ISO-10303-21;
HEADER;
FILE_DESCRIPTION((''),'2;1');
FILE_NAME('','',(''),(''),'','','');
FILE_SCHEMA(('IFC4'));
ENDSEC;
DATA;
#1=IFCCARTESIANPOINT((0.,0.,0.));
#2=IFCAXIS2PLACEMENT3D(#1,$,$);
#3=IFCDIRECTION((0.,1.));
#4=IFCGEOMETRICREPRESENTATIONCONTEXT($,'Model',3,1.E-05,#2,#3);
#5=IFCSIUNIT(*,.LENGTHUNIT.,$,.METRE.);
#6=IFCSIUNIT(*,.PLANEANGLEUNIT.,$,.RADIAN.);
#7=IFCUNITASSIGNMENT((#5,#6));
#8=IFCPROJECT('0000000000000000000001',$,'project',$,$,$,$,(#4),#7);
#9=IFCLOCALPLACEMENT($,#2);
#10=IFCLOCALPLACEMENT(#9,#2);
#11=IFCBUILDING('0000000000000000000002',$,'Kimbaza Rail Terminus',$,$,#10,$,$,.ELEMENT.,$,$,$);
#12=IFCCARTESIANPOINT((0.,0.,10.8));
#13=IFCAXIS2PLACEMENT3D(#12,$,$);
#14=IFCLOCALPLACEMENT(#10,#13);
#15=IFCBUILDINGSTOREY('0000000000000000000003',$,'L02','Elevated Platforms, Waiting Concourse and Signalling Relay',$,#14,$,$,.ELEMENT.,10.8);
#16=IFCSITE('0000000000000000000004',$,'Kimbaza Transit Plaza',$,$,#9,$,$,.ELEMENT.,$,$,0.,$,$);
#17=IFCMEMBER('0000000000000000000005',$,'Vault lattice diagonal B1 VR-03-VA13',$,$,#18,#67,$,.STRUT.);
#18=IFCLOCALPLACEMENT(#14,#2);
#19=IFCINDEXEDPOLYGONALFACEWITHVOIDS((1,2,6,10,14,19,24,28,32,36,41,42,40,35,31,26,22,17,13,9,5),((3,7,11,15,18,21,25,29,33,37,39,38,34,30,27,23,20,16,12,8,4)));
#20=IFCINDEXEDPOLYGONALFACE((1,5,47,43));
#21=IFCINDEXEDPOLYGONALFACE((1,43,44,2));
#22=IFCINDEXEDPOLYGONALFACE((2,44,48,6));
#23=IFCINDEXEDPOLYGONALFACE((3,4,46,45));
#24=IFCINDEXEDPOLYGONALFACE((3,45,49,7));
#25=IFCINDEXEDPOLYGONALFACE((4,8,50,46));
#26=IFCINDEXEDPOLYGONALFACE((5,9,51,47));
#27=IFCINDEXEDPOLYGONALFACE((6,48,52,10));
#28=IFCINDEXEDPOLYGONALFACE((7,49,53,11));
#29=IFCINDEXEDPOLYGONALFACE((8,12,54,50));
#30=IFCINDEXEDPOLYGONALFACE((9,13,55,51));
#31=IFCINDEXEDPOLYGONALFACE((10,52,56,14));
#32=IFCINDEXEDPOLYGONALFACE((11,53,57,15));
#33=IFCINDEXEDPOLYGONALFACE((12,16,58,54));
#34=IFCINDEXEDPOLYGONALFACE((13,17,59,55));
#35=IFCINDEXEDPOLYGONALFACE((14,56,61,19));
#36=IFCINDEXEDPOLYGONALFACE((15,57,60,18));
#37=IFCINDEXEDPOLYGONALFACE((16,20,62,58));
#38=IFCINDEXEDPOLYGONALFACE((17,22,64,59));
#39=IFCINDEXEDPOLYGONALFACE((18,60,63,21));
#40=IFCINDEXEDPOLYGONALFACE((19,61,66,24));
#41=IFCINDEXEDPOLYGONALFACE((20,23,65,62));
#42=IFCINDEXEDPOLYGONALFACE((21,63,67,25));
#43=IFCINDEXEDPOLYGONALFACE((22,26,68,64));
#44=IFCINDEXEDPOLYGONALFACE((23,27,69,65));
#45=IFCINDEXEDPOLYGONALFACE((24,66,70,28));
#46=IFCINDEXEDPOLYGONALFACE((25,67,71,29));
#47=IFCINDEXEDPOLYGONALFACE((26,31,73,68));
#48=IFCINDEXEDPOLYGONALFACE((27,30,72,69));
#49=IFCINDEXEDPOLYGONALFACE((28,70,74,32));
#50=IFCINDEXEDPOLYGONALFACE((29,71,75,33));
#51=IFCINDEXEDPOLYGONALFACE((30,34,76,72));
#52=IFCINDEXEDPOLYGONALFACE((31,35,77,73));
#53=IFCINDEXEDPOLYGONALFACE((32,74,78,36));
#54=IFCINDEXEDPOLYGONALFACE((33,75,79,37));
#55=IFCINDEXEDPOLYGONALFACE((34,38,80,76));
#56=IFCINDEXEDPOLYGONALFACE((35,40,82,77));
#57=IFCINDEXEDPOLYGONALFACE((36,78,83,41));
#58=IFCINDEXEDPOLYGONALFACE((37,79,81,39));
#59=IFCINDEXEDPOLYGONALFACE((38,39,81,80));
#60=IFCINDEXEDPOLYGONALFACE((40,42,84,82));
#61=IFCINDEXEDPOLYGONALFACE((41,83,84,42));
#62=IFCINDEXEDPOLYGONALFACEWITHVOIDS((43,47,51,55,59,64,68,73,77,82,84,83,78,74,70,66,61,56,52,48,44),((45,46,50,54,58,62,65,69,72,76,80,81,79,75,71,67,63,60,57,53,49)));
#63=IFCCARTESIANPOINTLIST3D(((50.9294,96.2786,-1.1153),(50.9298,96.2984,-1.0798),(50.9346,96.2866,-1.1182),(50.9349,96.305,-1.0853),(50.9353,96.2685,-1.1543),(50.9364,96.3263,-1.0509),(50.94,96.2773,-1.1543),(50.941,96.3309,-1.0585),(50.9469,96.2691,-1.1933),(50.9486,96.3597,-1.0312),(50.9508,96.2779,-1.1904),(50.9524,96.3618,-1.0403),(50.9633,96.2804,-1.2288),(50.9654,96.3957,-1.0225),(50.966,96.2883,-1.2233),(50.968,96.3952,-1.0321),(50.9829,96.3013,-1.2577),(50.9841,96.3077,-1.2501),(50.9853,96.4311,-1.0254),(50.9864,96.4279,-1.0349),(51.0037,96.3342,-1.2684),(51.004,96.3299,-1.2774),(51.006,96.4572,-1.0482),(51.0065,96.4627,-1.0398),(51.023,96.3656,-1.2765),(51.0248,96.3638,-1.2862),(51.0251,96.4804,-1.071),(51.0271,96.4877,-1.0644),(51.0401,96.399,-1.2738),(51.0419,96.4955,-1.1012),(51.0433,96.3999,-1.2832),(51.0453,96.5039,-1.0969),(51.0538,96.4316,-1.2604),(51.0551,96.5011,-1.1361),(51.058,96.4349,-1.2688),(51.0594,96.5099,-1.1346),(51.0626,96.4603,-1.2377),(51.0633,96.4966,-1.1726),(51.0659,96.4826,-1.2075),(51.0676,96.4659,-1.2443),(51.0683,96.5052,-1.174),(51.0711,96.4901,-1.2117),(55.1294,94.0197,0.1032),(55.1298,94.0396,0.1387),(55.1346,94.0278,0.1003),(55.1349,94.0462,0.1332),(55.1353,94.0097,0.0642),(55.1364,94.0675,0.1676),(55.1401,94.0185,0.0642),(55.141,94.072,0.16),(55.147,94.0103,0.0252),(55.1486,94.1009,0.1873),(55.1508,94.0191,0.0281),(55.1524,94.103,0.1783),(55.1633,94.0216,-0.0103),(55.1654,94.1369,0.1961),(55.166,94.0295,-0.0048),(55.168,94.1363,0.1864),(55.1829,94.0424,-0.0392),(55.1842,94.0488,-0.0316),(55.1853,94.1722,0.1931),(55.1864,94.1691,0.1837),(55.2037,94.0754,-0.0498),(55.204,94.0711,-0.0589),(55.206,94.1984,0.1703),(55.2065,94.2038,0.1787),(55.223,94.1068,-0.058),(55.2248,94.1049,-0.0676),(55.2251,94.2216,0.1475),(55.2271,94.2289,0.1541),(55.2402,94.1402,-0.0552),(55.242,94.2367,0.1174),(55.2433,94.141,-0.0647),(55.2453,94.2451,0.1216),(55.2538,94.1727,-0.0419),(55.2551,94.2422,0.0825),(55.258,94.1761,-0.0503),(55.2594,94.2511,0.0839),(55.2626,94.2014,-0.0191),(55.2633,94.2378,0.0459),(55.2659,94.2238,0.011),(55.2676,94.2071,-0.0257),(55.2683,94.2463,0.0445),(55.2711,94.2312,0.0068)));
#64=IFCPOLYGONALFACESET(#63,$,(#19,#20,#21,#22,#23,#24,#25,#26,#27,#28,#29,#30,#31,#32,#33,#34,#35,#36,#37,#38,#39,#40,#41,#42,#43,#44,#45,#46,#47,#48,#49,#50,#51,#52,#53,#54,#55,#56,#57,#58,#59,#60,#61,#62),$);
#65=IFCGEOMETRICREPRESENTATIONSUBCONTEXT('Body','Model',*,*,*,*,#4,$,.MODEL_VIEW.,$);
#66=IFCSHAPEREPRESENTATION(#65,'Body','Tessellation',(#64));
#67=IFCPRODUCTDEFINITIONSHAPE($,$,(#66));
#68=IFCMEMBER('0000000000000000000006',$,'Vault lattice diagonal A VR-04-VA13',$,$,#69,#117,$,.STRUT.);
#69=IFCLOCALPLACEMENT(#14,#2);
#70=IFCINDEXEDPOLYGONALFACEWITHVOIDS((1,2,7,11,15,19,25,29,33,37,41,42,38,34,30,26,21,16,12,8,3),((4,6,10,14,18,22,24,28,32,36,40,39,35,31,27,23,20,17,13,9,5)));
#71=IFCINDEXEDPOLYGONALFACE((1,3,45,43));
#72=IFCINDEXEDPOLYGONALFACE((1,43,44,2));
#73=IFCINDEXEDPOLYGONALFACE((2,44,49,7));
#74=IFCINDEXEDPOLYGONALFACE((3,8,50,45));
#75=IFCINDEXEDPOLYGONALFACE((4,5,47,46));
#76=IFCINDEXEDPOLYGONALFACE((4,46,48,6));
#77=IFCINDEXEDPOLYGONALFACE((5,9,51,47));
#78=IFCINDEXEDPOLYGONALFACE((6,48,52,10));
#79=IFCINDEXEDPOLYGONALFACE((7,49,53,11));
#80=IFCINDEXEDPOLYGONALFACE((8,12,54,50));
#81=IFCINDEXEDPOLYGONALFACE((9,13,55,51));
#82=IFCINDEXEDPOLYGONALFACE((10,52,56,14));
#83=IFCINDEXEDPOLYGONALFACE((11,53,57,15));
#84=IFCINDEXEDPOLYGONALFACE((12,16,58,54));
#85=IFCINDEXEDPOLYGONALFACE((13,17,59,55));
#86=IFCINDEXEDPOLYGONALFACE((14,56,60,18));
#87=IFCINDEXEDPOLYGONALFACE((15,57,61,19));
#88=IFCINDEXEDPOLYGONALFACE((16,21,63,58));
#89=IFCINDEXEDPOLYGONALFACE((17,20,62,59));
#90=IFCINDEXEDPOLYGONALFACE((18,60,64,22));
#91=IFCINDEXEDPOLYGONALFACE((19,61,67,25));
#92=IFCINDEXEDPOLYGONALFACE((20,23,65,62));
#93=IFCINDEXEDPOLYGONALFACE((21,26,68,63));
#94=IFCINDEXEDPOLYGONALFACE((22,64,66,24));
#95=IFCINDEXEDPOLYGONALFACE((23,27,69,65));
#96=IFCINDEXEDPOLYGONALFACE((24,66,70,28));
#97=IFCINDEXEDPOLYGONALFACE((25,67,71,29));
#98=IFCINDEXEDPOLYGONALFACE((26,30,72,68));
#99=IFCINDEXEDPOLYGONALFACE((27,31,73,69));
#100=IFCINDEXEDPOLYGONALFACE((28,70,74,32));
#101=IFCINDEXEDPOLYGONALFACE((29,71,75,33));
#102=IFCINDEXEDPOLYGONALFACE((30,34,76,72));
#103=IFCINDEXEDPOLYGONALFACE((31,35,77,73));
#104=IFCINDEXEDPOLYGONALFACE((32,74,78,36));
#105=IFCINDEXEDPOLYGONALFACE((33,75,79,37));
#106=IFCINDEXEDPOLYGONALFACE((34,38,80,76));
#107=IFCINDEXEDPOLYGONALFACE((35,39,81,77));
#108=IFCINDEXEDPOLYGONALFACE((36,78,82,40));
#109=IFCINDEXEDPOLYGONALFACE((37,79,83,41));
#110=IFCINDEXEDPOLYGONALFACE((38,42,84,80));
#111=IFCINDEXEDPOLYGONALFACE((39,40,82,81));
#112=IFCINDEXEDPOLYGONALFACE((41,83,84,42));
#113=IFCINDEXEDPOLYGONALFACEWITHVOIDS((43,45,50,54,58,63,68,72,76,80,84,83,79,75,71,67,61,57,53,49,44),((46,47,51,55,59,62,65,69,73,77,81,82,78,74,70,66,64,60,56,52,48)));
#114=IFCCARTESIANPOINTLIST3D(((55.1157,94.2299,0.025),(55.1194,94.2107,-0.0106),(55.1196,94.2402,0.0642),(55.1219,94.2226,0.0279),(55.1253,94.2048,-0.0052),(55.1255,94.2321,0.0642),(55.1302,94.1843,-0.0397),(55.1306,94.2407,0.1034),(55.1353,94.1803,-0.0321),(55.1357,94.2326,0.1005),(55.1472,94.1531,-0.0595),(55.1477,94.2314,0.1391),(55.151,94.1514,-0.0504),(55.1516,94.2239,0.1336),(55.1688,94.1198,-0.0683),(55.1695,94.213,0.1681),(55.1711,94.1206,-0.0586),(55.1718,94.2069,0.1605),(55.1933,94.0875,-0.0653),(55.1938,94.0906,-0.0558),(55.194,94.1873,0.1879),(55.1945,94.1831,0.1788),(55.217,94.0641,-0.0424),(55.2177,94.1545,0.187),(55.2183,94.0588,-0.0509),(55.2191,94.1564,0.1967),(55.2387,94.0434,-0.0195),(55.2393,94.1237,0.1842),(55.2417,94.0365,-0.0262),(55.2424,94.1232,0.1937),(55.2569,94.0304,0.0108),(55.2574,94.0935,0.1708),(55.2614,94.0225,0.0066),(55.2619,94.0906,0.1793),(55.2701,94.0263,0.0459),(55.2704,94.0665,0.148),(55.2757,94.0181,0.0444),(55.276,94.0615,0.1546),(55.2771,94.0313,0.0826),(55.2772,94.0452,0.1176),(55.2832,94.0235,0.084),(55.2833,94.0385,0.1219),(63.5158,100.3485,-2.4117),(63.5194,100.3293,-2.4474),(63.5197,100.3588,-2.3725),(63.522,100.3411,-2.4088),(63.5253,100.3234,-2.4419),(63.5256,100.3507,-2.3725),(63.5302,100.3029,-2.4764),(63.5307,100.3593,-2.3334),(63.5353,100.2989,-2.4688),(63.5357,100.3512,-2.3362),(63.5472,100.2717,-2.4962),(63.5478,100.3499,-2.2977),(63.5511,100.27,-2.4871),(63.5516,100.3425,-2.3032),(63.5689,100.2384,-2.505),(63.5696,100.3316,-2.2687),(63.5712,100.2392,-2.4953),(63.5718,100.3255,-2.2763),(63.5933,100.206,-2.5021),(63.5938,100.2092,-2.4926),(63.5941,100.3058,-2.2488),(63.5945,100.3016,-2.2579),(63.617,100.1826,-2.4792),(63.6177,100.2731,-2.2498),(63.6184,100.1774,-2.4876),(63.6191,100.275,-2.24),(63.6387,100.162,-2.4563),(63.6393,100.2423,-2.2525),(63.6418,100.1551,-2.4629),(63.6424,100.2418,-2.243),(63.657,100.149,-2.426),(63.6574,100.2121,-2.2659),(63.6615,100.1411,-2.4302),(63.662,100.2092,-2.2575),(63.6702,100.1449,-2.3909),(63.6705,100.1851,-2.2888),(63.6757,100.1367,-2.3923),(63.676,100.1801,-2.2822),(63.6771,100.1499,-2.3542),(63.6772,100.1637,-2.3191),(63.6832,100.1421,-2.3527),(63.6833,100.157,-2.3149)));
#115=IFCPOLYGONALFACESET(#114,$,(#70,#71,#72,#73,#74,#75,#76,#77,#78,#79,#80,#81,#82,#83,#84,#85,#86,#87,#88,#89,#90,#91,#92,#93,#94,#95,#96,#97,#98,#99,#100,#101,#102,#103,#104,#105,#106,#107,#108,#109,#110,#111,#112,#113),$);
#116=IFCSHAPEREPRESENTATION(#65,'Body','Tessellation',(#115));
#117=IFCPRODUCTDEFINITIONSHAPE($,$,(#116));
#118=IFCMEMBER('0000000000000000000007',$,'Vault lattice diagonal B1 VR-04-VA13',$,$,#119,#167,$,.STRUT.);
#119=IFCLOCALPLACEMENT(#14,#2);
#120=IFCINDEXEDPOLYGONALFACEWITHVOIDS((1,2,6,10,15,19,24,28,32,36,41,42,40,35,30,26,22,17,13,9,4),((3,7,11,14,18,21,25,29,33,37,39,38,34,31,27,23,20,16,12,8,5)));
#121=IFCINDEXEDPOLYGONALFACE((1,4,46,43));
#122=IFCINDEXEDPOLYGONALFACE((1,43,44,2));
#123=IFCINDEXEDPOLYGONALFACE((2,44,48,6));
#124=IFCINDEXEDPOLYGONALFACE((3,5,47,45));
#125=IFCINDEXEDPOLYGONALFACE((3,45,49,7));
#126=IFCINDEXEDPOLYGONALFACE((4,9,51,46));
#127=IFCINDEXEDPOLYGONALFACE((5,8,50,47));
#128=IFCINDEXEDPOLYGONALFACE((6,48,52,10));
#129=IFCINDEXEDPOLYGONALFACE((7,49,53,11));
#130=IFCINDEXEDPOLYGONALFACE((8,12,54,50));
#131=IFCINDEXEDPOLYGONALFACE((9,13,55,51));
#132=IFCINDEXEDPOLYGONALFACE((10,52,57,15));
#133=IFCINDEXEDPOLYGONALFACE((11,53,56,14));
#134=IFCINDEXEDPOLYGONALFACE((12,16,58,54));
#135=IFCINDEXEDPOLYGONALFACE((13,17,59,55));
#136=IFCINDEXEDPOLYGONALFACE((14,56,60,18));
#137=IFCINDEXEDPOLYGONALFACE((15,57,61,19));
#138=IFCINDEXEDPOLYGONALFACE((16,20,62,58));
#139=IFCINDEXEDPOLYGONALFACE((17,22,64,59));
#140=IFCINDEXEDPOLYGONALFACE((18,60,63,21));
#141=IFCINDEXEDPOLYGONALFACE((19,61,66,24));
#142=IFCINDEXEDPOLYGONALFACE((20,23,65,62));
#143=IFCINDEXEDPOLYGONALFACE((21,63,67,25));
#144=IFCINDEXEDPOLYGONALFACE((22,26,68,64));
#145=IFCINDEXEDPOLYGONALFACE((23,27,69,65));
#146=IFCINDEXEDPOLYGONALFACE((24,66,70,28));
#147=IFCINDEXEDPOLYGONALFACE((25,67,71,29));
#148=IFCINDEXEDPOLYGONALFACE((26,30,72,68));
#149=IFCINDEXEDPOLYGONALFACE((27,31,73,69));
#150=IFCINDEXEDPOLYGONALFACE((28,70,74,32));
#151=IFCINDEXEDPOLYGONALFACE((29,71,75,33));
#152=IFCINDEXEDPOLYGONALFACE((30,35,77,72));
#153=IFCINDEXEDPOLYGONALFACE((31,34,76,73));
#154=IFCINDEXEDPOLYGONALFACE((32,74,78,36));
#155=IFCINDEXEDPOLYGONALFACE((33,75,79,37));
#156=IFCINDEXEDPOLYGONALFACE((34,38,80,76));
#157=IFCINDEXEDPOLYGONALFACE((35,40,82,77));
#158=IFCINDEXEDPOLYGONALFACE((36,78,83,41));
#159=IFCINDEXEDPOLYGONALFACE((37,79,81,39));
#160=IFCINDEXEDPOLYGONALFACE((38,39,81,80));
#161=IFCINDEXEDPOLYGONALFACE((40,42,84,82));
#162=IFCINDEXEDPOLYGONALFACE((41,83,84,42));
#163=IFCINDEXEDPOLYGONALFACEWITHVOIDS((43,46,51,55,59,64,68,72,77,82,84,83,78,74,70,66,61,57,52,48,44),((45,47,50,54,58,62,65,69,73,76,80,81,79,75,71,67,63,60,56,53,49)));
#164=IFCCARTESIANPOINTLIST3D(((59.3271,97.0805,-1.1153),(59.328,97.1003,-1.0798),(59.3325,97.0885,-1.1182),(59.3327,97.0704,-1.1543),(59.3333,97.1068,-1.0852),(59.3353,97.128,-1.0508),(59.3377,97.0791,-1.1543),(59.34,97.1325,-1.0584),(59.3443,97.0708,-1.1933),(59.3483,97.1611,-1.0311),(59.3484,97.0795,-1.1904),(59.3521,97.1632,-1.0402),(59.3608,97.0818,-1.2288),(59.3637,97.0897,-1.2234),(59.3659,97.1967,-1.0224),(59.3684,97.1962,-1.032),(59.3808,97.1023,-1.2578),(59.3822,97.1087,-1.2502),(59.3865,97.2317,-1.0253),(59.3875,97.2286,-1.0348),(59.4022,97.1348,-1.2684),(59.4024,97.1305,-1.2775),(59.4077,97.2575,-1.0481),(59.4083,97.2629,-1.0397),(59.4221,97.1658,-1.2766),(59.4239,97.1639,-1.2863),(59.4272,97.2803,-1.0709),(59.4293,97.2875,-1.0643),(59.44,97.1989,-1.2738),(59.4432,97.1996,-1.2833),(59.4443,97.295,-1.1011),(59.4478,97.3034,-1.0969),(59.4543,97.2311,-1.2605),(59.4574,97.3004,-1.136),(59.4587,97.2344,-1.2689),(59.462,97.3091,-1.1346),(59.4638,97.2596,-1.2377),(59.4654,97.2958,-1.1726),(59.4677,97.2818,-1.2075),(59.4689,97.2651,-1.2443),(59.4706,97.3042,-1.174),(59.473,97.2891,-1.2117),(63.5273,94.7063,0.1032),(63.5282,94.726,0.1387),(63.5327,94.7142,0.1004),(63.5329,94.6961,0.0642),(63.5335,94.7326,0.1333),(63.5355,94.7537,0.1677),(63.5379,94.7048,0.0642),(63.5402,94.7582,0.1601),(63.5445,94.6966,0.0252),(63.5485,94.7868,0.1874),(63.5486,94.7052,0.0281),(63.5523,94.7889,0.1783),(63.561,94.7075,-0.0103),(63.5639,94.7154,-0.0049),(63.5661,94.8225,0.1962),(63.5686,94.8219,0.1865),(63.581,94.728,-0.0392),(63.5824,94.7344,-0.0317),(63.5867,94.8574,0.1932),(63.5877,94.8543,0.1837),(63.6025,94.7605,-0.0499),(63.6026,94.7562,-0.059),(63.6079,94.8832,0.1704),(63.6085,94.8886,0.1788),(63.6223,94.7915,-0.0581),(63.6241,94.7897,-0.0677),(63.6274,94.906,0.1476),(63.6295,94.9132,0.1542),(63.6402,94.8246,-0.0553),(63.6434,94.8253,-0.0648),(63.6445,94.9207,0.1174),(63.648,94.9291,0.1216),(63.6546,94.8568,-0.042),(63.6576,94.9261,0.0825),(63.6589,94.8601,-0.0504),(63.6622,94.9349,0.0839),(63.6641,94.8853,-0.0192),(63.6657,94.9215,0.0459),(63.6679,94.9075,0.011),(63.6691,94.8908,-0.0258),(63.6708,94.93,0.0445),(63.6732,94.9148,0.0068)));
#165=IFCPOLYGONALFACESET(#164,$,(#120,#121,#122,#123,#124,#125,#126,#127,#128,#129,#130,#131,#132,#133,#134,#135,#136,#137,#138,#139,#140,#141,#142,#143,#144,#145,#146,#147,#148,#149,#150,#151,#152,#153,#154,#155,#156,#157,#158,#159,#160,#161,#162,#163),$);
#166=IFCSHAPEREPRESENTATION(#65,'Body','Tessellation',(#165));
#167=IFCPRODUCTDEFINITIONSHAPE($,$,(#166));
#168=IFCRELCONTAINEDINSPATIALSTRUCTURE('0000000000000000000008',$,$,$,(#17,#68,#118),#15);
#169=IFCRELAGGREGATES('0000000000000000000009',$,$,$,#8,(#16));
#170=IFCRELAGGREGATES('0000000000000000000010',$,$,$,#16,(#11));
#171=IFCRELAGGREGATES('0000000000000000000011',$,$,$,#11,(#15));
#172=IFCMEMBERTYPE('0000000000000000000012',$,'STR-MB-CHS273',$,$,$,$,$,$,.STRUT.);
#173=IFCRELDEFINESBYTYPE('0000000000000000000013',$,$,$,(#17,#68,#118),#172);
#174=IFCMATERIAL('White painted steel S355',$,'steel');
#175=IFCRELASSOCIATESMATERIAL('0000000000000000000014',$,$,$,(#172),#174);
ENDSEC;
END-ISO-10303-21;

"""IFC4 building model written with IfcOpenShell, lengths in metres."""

from ifc_helpers import new_model, si_unit, direction, frame, origin, origin_2d, place, context, subcontext, project, spatial, hollow_circle, extrude, material, material_profile, profile_set, type_object, element, save


model = new_model("IFC4")

# Units and contexts
model_context = context("Model", 3, precision=1e-05, world=origin(), true_north=direction((0.0, 1.0)))
body_context = subcontext(model_context, "Body", "Model", "MODEL_VIEW")
ifc_project = project(units=[si_unit("LENGTHUNIT", "METRE"), si_unit("PLANEANGLEUNIT", "RADIAN")], contexts=[model_context])

# Site, building, storey
site_placement = place(None, origin())
site = spatial("IfcSite", under=ifc_project, at=site_placement, Name="Kimbaza Transit Plaza", CompositionType="ELEMENT", RefElevation=0.0)
building_placement = place(site_placement, origin())
building = spatial("IfcBuilding", under=site, at=building_placement, Name="Kimbaza Rail Terminus", CompositionType="ELEMENT")
storey_placement = place(building_placement, frame((0.0, 0.0, 10.8)))
storey = spatial("IfcBuildingStorey", under=building, at=storey_placement, Name="L02", Description="Elevated Platforms, Waiting Concourse and Signalling Relay", CompositionType="ELEMENT", Elevation=10.8)

# Members
ifc_material_1 = material(Name="White painted steel S355", Category="steel")
ifc_material_profile_1 = material_profile(ifc_material_1, hollow_circle(Radius=0.1365, WallThickness=0.01, at=origin_2d()), Name="CHS 273x10")
ifc_profile_set_1 = profile_set([ifc_material_profile_1], Name="White painted steel S355")
member_type_1 = type_object("IfcMemberType", Name="STR-MB-CHS273", PredefinedType="STRUT", material=ifc_profile_set_1)
member_1_placement = place(storey_placement, frame((55.2, 94.1299, 0.0642), z_axis=(-0.853295, 0.458913, -0.247561), x_axis=(-0.473657, -0.880709, 0.0)))
element("IfcMember", 1, at=member_1_placement, inside=storey, type_object=member_type_1, Name="Vault lattice diagonal B1 VR-03-VA13", PredefinedType="STRUT", context=body_context, shape_type="SweptSolid", body=[
    extrude(hollow_circle(Radius=0.1365, WallThickness=0.01, at=origin_2d()), origin(), (0.0, 0.0, 1.0), 4.9221),
])
member_2_placement = place(storey_placement, frame((55.2, 94.1299, 0.0642), z_axis=(0.786959, 0.57322, -0.228286), x_axis=(-0.588767, 0.808303, 0.0)))
element("IfcMember", 2, at=member_2_placement, inside=storey, type_object=member_type_1, Name="Vault lattice diagonal A VR-04-VA13", PredefinedType="STRUT", context=body_context, shape_type="SweptSolid", body=[
    extrude(hollow_circle(Radius=0.1365, WallThickness=0.01, at=origin_2d()), origin(), (0.0, 0.0, 1.0), 10.6741),
])
member_3_placement = place(storey_placement, frame((63.6001, 94.8149, 0.0642), z_axis=(-0.84404, 0.477115, -0.244862), x_axis=(-0.492096, -0.870541, 0.0)))
element("IfcMember", 3, at=member_3_placement, inside=storey, type_object=member_type_1, Name="Vault lattice diagonal B1 VR-04-VA13", PredefinedType="STRUT", context=body_context, shape_type="SweptSolid", body=[
    extrude(hollow_circle(Radius=0.1365, WallThickness=0.01, at=origin_2d()), origin(), (0.0, 0.0, 1.0), 4.9763),
])

save(model, "model.ifc")
